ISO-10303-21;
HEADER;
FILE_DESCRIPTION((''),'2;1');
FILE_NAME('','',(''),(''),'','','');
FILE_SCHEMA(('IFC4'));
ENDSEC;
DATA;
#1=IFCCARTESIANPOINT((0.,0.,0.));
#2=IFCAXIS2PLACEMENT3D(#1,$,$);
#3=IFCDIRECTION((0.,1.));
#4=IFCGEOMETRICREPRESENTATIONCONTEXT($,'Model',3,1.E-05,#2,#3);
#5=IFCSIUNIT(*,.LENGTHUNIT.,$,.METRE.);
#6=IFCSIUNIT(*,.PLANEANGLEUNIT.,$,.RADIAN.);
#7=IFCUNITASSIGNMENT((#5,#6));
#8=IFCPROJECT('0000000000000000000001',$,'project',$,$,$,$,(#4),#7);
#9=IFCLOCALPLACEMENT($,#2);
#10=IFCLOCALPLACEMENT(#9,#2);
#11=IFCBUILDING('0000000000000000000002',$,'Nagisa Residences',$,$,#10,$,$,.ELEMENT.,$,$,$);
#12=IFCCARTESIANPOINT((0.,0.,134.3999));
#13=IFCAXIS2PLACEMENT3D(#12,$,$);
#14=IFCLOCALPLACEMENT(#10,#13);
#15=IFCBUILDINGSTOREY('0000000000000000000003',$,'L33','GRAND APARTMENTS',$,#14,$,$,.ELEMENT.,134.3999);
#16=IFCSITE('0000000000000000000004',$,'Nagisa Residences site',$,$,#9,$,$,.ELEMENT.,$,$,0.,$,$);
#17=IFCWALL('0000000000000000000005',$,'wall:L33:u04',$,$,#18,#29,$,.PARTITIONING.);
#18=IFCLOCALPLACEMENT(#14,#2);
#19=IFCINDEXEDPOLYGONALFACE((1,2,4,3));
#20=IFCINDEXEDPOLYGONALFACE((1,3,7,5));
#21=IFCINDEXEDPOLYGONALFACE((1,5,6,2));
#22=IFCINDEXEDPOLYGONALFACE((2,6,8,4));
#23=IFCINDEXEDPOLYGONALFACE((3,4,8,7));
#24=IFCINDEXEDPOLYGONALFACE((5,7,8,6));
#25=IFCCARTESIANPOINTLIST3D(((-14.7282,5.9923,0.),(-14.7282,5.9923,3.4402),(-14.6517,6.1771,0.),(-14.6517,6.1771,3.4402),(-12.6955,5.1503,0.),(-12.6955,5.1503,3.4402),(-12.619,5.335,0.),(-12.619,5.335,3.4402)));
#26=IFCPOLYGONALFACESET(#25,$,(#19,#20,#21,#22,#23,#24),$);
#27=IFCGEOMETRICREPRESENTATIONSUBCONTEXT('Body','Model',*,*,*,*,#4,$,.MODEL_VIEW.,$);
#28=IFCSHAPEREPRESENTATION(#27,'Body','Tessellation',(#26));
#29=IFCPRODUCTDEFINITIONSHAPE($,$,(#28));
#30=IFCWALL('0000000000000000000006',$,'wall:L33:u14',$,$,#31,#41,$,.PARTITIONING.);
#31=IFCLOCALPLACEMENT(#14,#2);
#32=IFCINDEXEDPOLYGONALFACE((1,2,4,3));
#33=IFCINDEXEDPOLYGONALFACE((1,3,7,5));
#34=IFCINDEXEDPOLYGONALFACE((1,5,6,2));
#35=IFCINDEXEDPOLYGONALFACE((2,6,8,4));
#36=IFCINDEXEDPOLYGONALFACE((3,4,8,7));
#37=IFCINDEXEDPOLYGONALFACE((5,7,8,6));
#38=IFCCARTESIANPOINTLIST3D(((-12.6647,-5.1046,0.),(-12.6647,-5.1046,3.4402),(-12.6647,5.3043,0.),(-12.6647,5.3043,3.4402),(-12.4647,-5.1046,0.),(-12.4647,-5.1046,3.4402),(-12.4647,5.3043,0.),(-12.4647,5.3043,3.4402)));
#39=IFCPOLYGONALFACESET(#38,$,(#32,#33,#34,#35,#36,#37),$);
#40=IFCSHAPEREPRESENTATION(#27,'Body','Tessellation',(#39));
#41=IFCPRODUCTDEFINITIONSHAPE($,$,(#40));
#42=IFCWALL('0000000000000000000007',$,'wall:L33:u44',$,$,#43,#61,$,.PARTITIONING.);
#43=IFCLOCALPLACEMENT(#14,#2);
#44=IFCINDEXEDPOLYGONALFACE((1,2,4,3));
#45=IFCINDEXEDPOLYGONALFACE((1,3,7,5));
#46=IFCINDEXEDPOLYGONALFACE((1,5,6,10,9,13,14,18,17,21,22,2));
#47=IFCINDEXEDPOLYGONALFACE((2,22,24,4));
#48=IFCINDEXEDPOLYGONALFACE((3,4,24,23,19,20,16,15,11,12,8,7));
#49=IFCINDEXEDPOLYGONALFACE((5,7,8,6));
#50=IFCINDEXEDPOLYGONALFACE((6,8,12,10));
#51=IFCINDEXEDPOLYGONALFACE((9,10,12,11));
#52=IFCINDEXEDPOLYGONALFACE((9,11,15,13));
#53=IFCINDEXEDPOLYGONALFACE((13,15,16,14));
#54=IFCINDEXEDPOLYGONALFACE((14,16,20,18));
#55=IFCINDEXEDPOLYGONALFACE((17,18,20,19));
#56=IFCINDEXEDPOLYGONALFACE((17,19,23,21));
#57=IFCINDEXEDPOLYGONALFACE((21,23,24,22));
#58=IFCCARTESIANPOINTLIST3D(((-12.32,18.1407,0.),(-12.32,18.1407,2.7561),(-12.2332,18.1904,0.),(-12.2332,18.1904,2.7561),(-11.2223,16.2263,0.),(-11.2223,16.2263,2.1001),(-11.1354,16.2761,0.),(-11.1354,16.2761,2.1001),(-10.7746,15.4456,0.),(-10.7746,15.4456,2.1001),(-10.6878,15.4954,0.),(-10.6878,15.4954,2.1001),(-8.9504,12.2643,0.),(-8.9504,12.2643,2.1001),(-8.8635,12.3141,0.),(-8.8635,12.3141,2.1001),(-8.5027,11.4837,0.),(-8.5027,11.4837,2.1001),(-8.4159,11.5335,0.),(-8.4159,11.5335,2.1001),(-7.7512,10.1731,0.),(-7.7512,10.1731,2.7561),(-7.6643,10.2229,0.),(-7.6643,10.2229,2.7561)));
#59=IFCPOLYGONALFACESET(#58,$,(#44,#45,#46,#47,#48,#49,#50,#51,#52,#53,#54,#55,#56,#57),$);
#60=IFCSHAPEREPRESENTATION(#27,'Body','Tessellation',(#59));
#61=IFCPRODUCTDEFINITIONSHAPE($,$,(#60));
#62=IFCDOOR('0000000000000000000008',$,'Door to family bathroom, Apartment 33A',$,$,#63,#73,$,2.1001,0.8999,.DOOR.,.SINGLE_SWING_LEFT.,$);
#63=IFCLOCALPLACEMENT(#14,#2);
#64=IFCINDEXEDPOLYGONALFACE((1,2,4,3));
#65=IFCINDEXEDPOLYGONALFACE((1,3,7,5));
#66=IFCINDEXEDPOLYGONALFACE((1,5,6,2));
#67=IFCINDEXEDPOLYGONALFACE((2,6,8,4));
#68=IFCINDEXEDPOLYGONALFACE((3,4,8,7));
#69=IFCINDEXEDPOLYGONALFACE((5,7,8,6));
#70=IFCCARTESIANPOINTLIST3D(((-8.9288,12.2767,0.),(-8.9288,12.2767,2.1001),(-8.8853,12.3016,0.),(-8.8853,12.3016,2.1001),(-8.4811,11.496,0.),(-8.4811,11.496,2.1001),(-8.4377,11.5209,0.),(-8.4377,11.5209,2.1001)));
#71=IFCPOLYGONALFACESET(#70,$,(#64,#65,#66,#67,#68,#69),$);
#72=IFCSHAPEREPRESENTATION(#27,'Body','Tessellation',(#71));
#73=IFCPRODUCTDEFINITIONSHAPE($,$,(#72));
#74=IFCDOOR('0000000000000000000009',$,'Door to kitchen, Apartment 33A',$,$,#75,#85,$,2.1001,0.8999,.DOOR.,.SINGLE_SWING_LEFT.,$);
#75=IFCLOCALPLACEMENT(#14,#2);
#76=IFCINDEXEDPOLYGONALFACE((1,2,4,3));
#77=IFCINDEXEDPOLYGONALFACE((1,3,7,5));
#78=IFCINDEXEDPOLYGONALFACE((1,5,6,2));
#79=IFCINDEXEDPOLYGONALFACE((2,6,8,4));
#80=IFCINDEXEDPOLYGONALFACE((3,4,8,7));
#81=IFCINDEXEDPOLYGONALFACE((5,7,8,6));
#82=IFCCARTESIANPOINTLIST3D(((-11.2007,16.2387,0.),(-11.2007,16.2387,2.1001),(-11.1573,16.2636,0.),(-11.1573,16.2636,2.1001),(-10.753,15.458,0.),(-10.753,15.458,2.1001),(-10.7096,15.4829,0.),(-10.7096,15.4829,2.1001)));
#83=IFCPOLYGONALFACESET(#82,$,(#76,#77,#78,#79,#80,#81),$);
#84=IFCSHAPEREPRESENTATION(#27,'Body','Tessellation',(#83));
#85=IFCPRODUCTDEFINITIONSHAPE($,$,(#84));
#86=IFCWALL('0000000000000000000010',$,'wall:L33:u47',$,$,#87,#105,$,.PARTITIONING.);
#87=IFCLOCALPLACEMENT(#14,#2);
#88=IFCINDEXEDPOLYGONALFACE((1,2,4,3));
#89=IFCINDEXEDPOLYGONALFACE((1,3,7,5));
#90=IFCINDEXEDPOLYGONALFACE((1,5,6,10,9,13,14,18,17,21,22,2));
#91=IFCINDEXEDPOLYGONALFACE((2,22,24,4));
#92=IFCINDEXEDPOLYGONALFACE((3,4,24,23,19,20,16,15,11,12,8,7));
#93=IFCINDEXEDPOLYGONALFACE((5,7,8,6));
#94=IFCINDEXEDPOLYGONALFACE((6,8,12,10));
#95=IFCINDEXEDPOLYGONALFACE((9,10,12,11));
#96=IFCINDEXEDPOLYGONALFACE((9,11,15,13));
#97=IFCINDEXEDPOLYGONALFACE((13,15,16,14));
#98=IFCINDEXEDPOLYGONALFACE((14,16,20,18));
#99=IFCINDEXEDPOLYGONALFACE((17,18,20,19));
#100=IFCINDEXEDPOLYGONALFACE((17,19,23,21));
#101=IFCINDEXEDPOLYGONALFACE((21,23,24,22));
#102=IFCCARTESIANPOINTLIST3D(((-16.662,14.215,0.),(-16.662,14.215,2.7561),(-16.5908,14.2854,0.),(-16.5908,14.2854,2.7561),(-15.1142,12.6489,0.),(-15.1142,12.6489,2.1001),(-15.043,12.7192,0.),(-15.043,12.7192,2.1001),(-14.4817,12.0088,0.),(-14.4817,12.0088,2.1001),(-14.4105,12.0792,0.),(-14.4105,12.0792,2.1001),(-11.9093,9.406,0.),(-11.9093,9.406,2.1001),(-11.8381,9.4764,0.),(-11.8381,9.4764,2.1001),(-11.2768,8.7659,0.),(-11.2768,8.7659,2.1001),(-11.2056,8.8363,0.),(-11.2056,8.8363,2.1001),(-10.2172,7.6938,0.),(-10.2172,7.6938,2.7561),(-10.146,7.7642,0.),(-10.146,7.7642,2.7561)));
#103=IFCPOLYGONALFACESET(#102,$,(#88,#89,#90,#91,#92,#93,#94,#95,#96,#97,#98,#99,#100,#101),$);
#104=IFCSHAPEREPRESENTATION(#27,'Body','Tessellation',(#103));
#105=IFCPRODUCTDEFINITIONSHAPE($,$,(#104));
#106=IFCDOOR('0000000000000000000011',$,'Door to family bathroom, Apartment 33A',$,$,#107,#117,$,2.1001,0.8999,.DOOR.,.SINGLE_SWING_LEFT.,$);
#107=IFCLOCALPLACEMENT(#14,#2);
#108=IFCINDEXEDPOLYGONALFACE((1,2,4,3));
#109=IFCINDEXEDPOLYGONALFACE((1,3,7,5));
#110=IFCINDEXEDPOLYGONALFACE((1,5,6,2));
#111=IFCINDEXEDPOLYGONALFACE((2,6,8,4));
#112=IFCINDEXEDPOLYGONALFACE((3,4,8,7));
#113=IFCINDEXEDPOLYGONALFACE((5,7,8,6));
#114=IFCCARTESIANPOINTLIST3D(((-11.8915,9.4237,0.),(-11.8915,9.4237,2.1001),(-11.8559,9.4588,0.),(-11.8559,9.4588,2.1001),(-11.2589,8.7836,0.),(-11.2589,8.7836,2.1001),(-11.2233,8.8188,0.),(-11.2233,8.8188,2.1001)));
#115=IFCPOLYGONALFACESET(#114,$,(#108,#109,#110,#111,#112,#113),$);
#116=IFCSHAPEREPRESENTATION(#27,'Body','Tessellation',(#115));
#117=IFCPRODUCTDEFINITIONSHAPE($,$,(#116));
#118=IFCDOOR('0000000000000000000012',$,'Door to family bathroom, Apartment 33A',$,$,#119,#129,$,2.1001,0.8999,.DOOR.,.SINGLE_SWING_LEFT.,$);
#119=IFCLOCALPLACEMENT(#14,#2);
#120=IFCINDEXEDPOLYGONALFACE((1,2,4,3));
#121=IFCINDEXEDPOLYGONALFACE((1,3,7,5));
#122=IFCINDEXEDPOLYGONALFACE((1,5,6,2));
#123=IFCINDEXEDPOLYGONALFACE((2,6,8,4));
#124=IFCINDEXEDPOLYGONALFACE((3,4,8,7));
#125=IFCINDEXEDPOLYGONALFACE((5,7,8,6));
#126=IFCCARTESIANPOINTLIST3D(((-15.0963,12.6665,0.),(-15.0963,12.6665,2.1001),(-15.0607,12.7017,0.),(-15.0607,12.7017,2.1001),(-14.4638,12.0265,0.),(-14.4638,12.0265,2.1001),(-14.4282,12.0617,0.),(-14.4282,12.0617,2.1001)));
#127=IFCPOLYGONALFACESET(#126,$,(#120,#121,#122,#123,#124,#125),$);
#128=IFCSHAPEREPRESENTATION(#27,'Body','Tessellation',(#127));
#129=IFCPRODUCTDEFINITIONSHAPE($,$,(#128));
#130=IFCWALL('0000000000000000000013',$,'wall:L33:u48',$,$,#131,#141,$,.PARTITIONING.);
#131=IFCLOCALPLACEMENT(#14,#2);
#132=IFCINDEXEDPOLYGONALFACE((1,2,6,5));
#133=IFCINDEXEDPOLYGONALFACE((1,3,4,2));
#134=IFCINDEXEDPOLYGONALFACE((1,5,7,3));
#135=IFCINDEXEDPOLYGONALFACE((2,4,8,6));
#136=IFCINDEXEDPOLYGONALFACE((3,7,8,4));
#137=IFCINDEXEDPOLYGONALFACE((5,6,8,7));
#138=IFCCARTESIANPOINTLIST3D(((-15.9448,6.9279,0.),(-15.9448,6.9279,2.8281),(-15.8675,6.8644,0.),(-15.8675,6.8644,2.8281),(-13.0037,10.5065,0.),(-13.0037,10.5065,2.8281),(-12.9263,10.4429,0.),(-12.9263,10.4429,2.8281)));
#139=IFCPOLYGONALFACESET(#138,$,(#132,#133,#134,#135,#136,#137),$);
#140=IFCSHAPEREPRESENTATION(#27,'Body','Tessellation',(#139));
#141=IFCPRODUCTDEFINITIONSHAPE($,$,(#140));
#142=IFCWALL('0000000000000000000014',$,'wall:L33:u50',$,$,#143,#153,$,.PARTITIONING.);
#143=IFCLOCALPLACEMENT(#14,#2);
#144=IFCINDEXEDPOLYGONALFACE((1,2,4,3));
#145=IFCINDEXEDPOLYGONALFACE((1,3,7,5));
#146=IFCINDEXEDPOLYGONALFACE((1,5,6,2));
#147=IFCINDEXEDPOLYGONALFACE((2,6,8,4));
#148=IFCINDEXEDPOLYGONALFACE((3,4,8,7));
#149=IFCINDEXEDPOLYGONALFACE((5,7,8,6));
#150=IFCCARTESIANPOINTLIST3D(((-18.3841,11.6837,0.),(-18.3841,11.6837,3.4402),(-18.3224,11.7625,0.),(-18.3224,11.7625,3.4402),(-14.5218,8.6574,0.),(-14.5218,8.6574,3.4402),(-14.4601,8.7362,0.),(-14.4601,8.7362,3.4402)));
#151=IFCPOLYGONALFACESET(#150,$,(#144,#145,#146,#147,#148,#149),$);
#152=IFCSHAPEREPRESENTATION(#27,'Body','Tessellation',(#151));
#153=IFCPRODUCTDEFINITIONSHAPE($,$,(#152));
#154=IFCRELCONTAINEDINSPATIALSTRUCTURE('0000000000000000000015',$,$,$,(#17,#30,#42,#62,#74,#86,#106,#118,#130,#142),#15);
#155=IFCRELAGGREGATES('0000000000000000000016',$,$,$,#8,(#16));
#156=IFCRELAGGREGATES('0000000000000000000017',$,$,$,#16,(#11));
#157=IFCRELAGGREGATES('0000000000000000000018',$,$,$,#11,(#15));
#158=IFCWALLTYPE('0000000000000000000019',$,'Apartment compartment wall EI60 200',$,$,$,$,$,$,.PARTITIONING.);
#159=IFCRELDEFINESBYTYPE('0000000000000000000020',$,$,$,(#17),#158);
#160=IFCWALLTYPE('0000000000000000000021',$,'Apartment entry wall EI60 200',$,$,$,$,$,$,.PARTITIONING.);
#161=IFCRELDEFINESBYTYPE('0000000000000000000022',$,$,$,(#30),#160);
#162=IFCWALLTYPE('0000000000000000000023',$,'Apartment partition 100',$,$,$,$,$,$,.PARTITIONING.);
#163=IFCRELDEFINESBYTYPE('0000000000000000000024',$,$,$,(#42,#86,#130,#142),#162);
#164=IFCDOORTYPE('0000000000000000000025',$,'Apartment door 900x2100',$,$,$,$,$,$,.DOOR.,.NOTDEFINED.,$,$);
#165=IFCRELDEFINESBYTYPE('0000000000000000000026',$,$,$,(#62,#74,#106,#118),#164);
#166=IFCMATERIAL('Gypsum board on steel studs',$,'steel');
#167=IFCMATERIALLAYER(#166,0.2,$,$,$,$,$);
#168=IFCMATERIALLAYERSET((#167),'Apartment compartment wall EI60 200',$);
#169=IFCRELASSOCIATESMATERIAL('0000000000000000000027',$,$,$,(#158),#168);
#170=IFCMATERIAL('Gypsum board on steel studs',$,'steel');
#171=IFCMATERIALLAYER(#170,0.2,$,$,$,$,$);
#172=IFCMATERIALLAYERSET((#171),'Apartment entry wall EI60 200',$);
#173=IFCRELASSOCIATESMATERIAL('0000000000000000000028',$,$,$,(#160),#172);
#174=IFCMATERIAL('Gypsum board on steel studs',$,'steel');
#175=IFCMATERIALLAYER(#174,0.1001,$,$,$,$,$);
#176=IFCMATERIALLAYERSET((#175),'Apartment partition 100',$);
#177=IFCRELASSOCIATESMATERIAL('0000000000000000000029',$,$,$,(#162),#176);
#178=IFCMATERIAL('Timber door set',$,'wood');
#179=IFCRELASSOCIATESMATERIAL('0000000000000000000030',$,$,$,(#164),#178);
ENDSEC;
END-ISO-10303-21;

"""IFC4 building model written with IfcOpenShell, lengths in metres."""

from ifc_helpers import new_model, si_unit, direction, frame, frame_2d, origin, place, context, subcontext, project, spatial, rectangle, extrude, material, layer, layer_set, type_object, element, fill, save


model = new_model("IFC4")

# Units and contexts
model_context = context("Model", 3, precision=1e-05, world=origin(), true_north=direction((0.0, 1.0)))
body_context = subcontext(model_context, "Body", "Model", "MODEL_VIEW")
ifc_project = project(units=[si_unit("LENGTHUNIT", "METRE"), si_unit("PLANEANGLEUNIT", "RADIAN")], contexts=[model_context])

# Site, building, storey
site_placement = place(None, origin())
site = spatial("IfcSite", under=ifc_project, at=site_placement, Name="Nagisa Residences site", CompositionType="ELEMENT", RefElevation=0.0)
building_placement = place(site_placement, origin())
building = spatial("IfcBuilding", under=site, at=building_placement, Name="Nagisa Residences", CompositionType="ELEMENT")
storey_placement = place(building_placement, frame((0.0, 0.0, 134.3999)))
storey = spatial("IfcBuildingStorey", under=building, at=storey_placement, Name="L33", Description="GRAND APARTMENTS", CompositionType="ELEMENT", Elevation=134.3999)

# Walls
ifc_material_1 = material(Name="Gypsum board on steel studs", Category="steel")
ifc_layer_1 = layer(ifc_material_1, 0.2)
ifc_layer_set_1 = layer_set([ifc_layer_1], Name="Apartment compartment wall EI60 200")
wall_type_1 = type_object("IfcWallType", Name="Apartment compartment wall EI60 200", PredefinedType="PARTITIONING", material=ifc_layer_set_1)
wall_1_placement = place(storey_placement, frame((-12.6572, 5.2427, 0.0), z_axis=(0.0, 0.0, 1.0), x_axis=(-0.923869, 0.382708, 0.0)))
element("IfcWall", 1, at=wall_1_placement, inside=storey, type_object=wall_type_1, Name="wall:L33:u04", PredefinedType="PARTITIONING", context=body_context, shape_type="SweptSolid", body=[
    extrude(rectangle(XDim=2.2002, YDim=0.2, at=frame_2d((1.1001, 0.0))), origin(), (0.0, 0.0, 1.0), 3.4402),
])
ifc_material_2 = material(Name="Gypsum board on steel studs", Category="steel")
ifc_layer_2 = layer(ifc_material_2, 0.2)
ifc_layer_set_2 = layer_set([ifc_layer_2], Name="Apartment entry wall EI60 200")
wall_type_2 = type_object("IfcWallType", Name="Apartment entry wall EI60 200", PredefinedType="PARTITIONING", material=ifc_layer_set_2)
wall_2_placement = place(storey_placement, frame((-12.5647, 5.3044, 0.0), z_axis=(0.0, 0.0, 1.0), x_axis=(0.0, -1.0, 0.0)))
element("IfcWall", 2, at=wall_2_placement, inside=storey, type_object=wall_type_2, Name="wall:L33:u14", PredefinedType="PARTITIONING", context=body_context, shape_type="SweptSolid", body=[
    extrude(rectangle(XDim=10.4089, YDim=0.2, at=frame_2d((5.2046, 0.0))), origin(), (0.0, 0.0, 1.0), 3.4402),
])

# Walls, openings, doors
ifc_material_3 = material(Name="Gypsum board on steel studs", Category="steel")
ifc_layer_3 = layer(ifc_material_3, 0.1001)
ifc_layer_set_3 = layer_set([ifc_layer_3], Name="Apartment partition 100")
wall_type_3 = type_object("IfcWallType", Name="Apartment partition 100", PredefinedType="PARTITIONING", material=ifc_layer_set_3)
wall_3_placement = place(storey_placement, frame((-7.7078, 10.198, 0.0), z_axis=(0.0, 0.0, 1.0), x_axis=(-0.497449, 0.867493, 0.0)))
wall_3 = element("IfcWall", 3, at=wall_3_placement, inside=storey, type_object=wall_type_3, Name="wall:L33:u44", PredefinedType="PARTITIONING", context=body_context, shape_type="SweptSolid", body=[
    extrude(rectangle(XDim=9.1846, YDim=0.1001, at=frame_2d((4.5923, 0.0))), origin(), (0.0, 0.0, 1.0), 2.7561),
])
opening_1_placement = place(wall_3_placement, frame((1.5107, 0.0, 0.0)))
opening_1 = element("IfcOpeningElement", 4, at=opening_1_placement, cuts=wall_3, PredefinedType="OPENING", context=body_context, shape_type="SweptSolid", body=[
    extrude(rectangle(XDim=0.8999, YDim=2.1001, at=frame_2d((0.45, 1.05))), frame((0.0, 0.0601, 0.0), z_axis=(0.0, -1.0, 0.0), x_axis=(1.0, 0.0, 0.0)), (0.0, 0.0, 1.0), 0.1201),
])
opening_2_placement = place(wall_3_placement, frame((6.0779, 0.0, 0.0)))
opening_2 = element("IfcOpeningElement", 5, at=opening_2_placement, cuts=wall_3, PredefinedType="OPENING", context=body_context, shape_type="SweptSolid", body=[
    extrude(rectangle(XDim=0.8999, YDim=2.1001, at=frame_2d((0.45, 1.05))), frame((0.0, 0.0601, 0.0), z_axis=(0.0, -1.0, 0.0), x_axis=(1.0, 0.0, 0.0)), (0.0, 0.0, 1.0), 0.1201),
])
ifc_material_4 = material(Name="Timber door set", Category="wood")
door_type_1 = type_object("IfcDoorType", Name="Apartment door 900x2100", OperationType="NOTDEFINED", PredefinedType="DOOR", material=ifc_material_4)
door_1_placement = place(opening_1_placement, frame((0.8999, 0.0, 0.0), x_axis=(-1.0, 0.0, 0.0)))
door_1 = element("IfcDoor", 6, at=door_1_placement, inside=storey, type_object=door_type_1, Name="Door to family bathroom, Apartment 33A", OperationType="SINGLE_SWING_LEFT", OverallHeight=2.1001, OverallWidth=0.8999, PredefinedType="DOOR", context=body_context, shape_type="SweptSolid", body=[
    extrude(rectangle(XDim=0.8999, YDim=2.1001, at=frame_2d((0.45, 1.05))), frame((0.0, 0.0249, 0.0), z_axis=(0.0, -1.0, 0.0), x_axis=(1.0, 0.0, 0.0)), (0.0, 0.0, 1.0), 0.05),
])
fill(opening_1, door_1)
door_2_placement = place(opening_2_placement, frame((0.8999, 0.0, 0.0), x_axis=(-1.0, 0.0, 0.0)))
door_2 = element("IfcDoor", 7, at=door_2_placement, inside=storey, type_object=door_type_1, Name="Door to kitchen, Apartment 33A", OperationType="SINGLE_SWING_LEFT", OverallHeight=2.1001, OverallWidth=0.8999, PredefinedType="DOOR", context=body_context, shape_type="SweptSolid", body=[
    extrude(rectangle(XDim=0.8999, YDim=2.1001, at=frame_2d((0.45, 1.05))), frame((0.0, 0.0249, 0.0), z_axis=(0.0, -1.0, 0.0), x_axis=(1.0, 0.0, 0.0)), (0.0, 0.0, 1.0), 0.05),
])
fill(opening_2, door_2)
wall_4_placement = place(storey_placement, frame((-10.1816, 7.729, 0.0), z_axis=(0.0, 0.0, 1.0), x_axis=(-0.702927, 0.711262, 0.0)))
wall_4 = element("IfcWall", 8, at=wall_4_placement, inside=storey, type_object=wall_type_3, Name="wall:L33:u47", PredefinedType="PARTITIONING", context=body_context, shape_type="SweptSolid", body=[
    extrude(rectangle(XDim=9.1685, YDim=0.1001, at=frame_2d((4.5842, 0.0))), origin(), (0.0, 0.0, 1.0), 2.7561),
])
opening_3_placement = place(wall_4_placement, frame((1.5073, 0.0, 0.0)))
opening_3 = element("IfcOpeningElement", 9, at=opening_3_placement, cuts=wall_4, PredefinedType="OPENING", context=body_context, shape_type="SweptSolid", body=[
    extrude(rectangle(XDim=0.8999, YDim=2.1001, at=frame_2d((0.45, 1.05))), frame((0.0, 0.0601, 0.0), z_axis=(0.0, -1.0, 0.0), x_axis=(1.0, 0.0, 0.0)), (0.0, 0.0, 1.0), 0.1201),
])
opening_4_placement = place(wall_4_placement, frame((6.0667, 0.0, 0.0)))
opening_4 = element("IfcOpeningElement", 10, at=opening_4_placement, cuts=wall_4, PredefinedType="OPENING", context=body_context, shape_type="SweptSolid", body=[
    extrude(rectangle(XDim=0.8999, YDim=2.1001, at=frame_2d((0.45, 1.05))), frame((0.0, 0.0601, 0.0), z_axis=(0.0, -1.0, 0.0), x_axis=(1.0, 0.0, 0.0)), (0.0, 0.0, 1.0), 0.1201),
])
door_3_placement = place(opening_3_placement, origin())
door_3 = element("IfcDoor", 11, at=door_3_placement, inside=storey, type_object=door_type_1, Name="Door to family bathroom, Apartment 33A", OperationType="SINGLE_SWING_LEFT", OverallHeight=2.1001, OverallWidth=0.8999, PredefinedType="DOOR", context=body_context, shape_type="SweptSolid", body=[
    extrude(rectangle(XDim=0.8999, YDim=2.1001, at=frame_2d((0.45, 1.05))), frame((0.0, 0.0249, 0.0), z_axis=(0.0, -1.0, 0.0), x_axis=(1.0, 0.0, 0.0)), (0.0, 0.0, 1.0), 0.05),
])
fill(opening_3, door_3)
door_4_placement = place(opening_4_placement, origin())
door_4 = element("IfcDoor", 12, at=door_4_placement, inside=storey, type_object=door_type_1, Name="Door to family bathroom, Apartment 33A", OperationType="SINGLE_SWING_LEFT", OverallHeight=2.1001, OverallWidth=0.8999, PredefinedType="DOOR", context=body_context, shape_type="SweptSolid", body=[
    extrude(rectangle(XDim=0.8999, YDim=2.1001, at=frame_2d((0.45, 1.05))), frame((0.0, 0.0249, 0.0), z_axis=(0.0, -1.0, 0.0), x_axis=(1.0, 0.0, 0.0)), (0.0, 0.0, 1.0), 0.05),
])
fill(opening_4, door_4)

# Walls
wall_5_placement = place(storey_placement, frame((-12.9651, 10.4746, 0.0), z_axis=(0.0, 0.0, 1.0), x_axis=(-0.634944, -0.772558, 0.0)))
element("IfcWall", 13, at=wall_5_placement, inside=storey, type_object=wall_type_3, Name="wall:L33:u48", PredefinedType="PARTITIONING", context=body_context, shape_type="SweptSolid", body=[
    extrude(rectangle(XDim=4.6321, YDim=0.1001, at=frame_2d((2.3159, 0.0))), origin(), (0.0, 0.0, 1.0), 2.8281),
])
wall_6_placement = place(storey_placement, frame((-14.491, 8.6968, 0.0), z_axis=(0.0, 0.0, 1.0), x_axis=(-0.787139, 0.616775, 0.0)))
element("IfcWall", 14, at=wall_6_placement, inside=storey, type_object=wall_type_3, Name="wall:L33:u50", PredefinedType="PARTITIONING", context=body_context, shape_type="SweptSolid", body=[
    extrude(rectangle(XDim=4.9067, YDim=0.1001, at=frame_2d((2.4534, 0.0))), origin(), (0.0, 0.0, 1.0), 3.4402),
])

save(model, "model.ifc")
